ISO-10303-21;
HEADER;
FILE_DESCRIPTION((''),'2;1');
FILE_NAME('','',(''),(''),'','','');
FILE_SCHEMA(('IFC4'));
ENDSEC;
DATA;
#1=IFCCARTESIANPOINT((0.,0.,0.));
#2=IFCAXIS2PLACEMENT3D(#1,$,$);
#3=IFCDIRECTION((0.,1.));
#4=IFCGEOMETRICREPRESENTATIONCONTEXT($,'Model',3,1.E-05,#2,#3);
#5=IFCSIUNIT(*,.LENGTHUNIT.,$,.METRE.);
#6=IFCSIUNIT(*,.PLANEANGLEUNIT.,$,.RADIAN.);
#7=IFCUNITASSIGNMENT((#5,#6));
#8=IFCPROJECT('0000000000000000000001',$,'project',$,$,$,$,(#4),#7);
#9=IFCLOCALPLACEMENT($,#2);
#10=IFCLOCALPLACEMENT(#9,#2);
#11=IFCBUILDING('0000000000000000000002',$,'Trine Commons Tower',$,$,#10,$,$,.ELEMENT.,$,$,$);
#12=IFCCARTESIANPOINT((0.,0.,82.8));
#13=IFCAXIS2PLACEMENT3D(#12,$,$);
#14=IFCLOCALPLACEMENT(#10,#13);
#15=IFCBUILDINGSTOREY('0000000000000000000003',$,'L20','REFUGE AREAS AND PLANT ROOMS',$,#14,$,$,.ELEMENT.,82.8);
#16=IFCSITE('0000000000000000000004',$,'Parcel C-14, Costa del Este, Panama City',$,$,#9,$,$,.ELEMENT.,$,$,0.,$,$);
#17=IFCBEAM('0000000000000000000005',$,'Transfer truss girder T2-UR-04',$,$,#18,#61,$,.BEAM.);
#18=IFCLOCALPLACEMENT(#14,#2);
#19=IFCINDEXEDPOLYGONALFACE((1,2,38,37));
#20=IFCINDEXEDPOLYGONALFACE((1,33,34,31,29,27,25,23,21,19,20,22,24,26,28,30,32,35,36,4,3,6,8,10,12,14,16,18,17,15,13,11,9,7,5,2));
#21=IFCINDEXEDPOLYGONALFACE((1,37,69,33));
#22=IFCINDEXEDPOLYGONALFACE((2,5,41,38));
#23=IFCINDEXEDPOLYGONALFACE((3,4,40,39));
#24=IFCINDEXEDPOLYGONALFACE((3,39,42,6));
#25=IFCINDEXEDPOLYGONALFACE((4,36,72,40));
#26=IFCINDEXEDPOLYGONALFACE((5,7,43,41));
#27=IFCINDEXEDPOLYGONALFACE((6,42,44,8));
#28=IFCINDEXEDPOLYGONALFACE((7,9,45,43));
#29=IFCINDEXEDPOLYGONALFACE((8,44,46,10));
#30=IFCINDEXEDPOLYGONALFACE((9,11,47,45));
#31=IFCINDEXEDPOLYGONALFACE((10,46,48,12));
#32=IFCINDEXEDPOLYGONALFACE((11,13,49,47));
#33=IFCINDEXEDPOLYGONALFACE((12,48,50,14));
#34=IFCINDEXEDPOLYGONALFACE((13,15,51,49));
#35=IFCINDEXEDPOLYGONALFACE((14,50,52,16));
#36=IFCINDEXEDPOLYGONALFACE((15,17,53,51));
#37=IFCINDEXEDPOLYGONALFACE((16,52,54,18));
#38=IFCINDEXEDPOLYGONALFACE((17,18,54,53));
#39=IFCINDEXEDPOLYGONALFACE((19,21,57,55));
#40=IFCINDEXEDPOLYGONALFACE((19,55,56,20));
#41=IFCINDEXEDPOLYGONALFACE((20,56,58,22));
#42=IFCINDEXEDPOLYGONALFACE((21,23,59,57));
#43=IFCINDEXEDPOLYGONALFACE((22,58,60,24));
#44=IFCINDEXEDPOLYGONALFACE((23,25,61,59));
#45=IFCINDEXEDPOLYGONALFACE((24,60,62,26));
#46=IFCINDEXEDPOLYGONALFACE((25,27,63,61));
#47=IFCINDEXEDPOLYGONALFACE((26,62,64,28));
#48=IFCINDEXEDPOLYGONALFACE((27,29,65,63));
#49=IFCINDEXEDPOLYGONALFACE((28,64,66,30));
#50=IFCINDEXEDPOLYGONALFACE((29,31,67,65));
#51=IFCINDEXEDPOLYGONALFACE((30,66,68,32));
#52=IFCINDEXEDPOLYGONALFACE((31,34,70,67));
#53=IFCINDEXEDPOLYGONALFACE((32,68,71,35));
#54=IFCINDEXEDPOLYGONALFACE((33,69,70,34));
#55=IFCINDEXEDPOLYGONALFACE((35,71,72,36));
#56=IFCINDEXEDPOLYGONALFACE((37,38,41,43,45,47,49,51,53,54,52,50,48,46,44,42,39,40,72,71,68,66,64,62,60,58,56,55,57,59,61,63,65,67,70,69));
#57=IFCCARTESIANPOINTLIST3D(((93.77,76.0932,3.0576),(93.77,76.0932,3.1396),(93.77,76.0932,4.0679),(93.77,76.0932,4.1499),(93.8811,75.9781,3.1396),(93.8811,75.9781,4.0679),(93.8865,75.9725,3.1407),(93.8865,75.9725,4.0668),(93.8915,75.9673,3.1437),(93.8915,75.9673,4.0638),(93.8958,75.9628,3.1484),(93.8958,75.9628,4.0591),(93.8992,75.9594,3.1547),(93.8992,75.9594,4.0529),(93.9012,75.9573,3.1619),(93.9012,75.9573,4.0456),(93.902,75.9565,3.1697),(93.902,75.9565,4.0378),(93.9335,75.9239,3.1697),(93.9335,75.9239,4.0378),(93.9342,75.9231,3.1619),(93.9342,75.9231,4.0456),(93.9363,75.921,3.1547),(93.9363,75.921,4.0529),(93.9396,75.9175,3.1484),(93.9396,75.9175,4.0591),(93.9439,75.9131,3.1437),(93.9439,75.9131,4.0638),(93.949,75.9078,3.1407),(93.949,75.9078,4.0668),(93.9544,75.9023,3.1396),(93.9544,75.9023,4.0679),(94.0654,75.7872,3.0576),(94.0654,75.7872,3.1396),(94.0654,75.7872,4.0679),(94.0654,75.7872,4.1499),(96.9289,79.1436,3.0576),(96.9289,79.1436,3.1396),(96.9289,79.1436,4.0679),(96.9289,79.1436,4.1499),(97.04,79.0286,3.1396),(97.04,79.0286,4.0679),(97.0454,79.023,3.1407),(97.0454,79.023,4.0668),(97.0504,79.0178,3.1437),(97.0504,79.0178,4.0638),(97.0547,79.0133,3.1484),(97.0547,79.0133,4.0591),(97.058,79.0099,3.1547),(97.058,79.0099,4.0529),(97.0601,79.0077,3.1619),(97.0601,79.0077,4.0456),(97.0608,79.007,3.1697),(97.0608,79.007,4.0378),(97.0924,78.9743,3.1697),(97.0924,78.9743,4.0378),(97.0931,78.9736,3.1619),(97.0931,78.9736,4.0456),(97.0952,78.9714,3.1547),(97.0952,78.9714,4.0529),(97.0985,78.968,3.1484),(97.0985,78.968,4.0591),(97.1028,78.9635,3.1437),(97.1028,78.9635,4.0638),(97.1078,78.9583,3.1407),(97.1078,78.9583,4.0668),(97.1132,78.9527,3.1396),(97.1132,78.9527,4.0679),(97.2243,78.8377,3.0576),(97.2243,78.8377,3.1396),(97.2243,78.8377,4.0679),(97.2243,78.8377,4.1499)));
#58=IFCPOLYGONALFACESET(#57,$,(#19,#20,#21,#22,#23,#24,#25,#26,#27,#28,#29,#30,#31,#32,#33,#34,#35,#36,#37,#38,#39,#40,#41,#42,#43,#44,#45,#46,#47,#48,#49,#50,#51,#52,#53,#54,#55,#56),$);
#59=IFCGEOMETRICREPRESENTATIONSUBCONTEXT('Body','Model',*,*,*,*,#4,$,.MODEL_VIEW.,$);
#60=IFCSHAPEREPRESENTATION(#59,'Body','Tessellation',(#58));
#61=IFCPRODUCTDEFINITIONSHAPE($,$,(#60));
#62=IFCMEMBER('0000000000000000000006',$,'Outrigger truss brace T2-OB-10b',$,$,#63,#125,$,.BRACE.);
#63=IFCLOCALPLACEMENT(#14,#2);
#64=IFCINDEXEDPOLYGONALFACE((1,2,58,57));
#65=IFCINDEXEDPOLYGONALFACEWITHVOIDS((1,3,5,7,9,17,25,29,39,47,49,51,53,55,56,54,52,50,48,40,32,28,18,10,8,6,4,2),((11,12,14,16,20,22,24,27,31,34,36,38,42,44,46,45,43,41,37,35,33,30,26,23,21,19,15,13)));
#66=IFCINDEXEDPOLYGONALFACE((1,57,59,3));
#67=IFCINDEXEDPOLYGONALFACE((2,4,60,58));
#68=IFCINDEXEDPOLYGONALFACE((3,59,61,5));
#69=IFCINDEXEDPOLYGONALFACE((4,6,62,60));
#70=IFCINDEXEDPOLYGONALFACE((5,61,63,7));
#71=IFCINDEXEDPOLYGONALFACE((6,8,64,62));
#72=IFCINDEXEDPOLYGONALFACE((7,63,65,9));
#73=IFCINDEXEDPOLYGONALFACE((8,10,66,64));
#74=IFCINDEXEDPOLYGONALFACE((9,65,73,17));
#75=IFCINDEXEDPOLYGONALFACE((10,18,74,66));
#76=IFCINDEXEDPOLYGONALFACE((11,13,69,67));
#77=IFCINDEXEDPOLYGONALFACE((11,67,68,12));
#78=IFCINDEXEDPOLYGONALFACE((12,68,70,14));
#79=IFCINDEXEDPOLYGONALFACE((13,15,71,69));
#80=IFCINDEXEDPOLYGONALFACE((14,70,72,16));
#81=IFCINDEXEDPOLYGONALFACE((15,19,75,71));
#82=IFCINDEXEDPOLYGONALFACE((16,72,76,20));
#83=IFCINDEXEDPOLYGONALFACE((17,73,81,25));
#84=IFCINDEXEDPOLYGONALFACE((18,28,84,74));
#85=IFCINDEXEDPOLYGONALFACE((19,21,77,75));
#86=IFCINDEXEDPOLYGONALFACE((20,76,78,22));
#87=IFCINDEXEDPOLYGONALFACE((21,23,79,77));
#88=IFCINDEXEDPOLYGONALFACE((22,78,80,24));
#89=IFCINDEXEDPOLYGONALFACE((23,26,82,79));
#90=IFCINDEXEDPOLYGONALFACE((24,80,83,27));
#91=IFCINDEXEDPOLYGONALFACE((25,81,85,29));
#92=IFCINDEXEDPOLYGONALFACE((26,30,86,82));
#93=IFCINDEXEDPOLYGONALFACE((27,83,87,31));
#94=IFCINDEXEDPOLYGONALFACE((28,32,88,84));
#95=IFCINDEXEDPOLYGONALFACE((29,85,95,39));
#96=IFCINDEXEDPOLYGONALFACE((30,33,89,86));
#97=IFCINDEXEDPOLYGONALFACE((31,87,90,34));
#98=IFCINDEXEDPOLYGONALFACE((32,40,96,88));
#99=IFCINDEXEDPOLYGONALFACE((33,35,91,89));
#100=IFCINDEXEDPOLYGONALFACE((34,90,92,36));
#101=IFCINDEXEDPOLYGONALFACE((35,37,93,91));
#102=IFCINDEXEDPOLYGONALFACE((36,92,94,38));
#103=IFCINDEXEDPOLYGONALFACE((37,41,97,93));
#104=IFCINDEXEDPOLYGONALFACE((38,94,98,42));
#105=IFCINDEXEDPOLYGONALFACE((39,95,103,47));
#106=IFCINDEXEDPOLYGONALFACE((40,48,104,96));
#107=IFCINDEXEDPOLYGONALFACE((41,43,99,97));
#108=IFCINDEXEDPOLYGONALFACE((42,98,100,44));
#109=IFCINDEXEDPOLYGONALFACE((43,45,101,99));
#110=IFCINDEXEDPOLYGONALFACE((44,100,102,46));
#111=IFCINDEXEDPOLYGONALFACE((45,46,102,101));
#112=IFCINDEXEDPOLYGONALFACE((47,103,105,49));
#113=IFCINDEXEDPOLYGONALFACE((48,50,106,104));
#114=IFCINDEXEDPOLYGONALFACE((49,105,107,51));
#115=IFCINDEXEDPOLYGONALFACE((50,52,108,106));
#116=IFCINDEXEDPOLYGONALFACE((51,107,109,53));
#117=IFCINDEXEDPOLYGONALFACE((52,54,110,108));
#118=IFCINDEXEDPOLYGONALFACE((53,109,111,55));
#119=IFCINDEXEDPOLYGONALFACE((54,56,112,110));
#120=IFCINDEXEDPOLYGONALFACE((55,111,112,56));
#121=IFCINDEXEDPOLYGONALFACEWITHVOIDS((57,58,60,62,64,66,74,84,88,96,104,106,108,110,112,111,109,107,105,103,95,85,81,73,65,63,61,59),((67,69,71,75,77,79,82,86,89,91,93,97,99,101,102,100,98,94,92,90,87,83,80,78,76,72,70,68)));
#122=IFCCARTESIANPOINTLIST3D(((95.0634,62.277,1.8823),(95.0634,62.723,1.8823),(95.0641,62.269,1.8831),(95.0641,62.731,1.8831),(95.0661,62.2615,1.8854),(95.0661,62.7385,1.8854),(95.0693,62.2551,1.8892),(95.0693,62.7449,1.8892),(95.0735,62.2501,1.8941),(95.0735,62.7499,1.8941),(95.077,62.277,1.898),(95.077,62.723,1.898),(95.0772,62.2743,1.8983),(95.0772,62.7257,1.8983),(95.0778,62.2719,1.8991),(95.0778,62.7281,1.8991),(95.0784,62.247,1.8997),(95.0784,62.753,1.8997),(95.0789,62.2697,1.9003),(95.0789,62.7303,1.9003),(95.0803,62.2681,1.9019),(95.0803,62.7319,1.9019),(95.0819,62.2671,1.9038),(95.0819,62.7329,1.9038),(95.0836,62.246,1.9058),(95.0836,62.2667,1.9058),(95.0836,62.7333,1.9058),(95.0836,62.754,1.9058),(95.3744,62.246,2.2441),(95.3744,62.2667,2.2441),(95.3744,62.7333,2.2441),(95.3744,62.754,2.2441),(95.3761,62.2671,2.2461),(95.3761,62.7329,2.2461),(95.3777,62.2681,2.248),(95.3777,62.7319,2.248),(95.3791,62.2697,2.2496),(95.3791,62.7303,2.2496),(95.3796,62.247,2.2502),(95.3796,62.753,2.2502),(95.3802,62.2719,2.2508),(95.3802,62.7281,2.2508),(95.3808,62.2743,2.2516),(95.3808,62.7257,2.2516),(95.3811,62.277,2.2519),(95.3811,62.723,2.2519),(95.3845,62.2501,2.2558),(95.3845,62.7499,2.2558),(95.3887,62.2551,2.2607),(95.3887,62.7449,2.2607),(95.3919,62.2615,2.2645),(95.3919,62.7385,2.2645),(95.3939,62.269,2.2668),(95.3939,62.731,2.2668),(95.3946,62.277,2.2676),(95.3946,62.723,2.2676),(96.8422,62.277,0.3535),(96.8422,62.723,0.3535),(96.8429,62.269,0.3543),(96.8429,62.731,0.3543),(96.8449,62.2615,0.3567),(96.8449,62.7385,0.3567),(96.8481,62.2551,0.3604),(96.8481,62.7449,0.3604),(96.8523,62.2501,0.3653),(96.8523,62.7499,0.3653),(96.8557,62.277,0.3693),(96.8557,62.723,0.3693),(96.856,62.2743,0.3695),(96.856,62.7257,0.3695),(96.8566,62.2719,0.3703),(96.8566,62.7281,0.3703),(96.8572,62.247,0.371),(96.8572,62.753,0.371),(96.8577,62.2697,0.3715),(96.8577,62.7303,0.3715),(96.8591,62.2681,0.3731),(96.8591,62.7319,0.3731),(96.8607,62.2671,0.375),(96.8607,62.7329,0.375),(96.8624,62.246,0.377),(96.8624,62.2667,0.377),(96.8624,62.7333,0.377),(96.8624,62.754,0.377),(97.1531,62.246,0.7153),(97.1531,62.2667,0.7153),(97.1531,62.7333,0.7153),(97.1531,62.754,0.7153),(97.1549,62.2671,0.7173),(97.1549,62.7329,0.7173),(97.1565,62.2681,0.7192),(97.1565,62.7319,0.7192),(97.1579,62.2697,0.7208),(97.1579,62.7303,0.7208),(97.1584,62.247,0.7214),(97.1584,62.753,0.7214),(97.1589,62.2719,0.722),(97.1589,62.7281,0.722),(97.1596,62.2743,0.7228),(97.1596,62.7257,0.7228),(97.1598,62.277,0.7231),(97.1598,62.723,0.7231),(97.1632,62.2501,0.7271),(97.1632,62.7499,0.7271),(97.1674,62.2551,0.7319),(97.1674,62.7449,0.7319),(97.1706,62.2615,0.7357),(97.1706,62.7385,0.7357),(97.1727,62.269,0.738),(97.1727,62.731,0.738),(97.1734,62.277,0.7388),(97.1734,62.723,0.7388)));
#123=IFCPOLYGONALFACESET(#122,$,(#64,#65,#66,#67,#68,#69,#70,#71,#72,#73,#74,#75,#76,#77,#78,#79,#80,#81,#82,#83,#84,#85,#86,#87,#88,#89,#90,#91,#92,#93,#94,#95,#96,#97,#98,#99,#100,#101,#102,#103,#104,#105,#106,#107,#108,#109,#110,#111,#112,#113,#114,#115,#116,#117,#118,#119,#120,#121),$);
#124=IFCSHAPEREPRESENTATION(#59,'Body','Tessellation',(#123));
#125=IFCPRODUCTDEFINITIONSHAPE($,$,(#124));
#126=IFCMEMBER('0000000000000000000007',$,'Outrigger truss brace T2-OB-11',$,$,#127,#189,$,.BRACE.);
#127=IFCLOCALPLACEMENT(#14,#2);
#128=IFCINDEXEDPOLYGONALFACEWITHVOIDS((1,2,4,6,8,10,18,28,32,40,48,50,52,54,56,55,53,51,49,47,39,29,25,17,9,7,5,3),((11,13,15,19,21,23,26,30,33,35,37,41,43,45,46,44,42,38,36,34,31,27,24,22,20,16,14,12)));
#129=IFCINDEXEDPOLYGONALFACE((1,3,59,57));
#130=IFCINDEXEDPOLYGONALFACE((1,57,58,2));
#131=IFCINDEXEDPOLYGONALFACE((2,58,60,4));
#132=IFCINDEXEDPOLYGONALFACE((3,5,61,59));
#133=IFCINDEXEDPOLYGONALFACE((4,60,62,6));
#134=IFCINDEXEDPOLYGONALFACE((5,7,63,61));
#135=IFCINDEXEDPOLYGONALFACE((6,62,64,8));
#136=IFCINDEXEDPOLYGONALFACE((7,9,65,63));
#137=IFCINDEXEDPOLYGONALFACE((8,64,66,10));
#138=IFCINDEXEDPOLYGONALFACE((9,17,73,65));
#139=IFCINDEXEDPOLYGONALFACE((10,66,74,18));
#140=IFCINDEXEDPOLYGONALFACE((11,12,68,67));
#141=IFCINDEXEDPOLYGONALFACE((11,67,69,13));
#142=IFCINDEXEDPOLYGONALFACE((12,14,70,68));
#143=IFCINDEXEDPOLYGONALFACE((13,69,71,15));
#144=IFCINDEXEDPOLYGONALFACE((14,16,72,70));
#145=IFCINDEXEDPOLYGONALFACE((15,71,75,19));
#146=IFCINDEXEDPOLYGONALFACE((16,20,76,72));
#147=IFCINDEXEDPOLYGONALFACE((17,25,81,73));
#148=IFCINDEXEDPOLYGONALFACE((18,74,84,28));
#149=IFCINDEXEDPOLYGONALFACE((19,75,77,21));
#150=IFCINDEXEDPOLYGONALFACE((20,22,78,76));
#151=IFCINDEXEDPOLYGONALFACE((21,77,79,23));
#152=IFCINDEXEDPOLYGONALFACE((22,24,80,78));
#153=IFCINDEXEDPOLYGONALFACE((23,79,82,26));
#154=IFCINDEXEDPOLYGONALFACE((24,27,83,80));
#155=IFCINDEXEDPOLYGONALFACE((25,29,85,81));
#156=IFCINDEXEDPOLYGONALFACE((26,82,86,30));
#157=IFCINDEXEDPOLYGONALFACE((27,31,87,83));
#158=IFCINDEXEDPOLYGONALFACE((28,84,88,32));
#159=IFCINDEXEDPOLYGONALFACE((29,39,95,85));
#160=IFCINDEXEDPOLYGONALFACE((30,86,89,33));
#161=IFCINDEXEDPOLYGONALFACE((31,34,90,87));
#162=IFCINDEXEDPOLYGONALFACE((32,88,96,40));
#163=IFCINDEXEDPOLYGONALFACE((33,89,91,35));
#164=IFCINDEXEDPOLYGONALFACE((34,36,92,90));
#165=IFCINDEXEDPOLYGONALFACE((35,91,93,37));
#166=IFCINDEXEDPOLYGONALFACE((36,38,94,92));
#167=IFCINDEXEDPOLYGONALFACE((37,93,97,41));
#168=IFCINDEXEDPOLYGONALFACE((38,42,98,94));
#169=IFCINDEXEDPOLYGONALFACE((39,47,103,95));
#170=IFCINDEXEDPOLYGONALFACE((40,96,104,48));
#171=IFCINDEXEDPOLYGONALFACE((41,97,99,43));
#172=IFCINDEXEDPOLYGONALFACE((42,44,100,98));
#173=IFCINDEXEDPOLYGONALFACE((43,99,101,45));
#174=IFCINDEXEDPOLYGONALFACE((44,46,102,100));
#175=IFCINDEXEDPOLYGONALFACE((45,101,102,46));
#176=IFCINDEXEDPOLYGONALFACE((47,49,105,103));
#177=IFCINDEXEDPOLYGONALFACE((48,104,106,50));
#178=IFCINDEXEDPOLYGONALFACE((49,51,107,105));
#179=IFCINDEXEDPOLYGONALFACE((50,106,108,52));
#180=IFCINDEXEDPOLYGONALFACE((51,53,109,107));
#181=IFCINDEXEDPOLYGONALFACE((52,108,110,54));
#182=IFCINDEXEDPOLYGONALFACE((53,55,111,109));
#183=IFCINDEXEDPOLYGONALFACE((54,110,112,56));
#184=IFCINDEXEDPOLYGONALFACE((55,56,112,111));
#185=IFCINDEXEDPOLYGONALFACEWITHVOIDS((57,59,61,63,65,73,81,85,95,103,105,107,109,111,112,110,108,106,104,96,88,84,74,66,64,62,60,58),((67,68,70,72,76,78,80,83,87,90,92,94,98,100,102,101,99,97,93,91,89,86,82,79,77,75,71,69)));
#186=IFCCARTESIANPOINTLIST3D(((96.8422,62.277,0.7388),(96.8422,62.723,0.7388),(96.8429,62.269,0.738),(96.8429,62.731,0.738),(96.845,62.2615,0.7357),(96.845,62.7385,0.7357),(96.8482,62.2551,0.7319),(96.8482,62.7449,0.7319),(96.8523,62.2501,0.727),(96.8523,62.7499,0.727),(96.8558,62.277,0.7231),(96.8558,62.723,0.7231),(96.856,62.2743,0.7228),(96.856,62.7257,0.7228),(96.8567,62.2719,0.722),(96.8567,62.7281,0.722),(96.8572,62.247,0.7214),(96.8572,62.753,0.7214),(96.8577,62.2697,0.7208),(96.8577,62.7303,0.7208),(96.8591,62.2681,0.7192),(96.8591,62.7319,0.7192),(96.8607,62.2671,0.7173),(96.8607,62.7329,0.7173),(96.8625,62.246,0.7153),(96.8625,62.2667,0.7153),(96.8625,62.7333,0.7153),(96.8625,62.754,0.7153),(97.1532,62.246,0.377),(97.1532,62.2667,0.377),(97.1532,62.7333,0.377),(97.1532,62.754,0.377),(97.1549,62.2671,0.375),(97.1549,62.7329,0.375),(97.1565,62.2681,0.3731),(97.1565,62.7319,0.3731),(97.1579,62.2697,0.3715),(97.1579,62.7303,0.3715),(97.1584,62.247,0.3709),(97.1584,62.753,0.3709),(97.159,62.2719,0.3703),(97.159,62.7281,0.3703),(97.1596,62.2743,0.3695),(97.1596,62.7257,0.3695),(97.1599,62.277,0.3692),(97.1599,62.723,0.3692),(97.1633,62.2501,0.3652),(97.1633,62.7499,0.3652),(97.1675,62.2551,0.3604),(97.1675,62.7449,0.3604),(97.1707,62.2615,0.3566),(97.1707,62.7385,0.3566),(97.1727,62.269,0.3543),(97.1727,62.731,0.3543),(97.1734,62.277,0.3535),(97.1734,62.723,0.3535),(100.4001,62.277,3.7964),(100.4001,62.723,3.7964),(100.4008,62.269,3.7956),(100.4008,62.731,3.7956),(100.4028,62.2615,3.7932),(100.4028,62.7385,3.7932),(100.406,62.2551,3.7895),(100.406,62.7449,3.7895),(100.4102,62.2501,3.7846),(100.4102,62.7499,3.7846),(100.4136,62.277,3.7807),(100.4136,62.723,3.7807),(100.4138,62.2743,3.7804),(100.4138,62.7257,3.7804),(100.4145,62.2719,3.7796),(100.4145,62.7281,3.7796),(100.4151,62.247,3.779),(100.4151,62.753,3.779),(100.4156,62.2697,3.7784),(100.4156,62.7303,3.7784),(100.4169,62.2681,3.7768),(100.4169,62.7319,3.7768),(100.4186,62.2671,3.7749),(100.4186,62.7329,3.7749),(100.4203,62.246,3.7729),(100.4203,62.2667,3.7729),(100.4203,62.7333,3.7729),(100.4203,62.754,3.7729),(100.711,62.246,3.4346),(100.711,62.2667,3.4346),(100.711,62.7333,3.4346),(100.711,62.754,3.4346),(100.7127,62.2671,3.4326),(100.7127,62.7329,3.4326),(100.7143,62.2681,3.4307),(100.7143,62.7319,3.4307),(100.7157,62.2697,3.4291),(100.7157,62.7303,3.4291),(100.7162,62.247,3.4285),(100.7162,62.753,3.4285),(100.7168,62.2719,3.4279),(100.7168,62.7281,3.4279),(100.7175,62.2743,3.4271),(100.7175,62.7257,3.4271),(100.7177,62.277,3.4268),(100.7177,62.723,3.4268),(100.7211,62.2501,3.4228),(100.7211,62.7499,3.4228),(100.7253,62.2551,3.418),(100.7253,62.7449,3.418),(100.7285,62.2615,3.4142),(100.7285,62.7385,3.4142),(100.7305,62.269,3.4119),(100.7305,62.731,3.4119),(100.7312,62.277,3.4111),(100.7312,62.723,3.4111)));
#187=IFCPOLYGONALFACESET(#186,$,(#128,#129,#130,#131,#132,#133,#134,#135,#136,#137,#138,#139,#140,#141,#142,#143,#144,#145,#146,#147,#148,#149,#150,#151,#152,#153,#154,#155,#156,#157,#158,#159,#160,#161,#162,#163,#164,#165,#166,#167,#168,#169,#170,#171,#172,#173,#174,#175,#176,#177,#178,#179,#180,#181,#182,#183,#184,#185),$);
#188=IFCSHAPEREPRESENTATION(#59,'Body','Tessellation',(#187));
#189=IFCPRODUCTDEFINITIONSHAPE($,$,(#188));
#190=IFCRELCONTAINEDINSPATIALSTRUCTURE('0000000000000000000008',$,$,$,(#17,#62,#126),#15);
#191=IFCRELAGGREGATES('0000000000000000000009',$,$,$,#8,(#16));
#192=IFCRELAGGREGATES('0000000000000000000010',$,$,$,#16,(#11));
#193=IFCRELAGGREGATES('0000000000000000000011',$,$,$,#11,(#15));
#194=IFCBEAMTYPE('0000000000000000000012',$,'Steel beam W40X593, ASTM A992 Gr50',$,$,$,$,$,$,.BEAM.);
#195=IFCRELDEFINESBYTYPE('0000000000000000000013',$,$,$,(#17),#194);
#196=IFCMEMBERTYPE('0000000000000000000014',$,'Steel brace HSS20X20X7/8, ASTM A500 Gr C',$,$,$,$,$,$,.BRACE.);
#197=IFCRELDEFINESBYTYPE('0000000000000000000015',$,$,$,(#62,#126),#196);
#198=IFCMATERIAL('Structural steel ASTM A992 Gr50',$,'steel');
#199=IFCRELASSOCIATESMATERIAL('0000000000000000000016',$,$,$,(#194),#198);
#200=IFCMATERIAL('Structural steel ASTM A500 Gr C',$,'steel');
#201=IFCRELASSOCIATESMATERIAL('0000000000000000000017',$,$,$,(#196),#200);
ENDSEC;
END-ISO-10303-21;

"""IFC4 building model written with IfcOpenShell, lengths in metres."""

from ifc_helpers import new_model, si_unit, direction, frame, origin, origin_2d, place, context, subcontext, project, spatial, hollow_rectangle, i_section, extrude, material, material_profile, profile_set, type_object, element, save


model = new_model("IFC4")

# Units and contexts
model_context = context("Model", 3, precision=1e-05, world=origin(), true_north=direction((0.0, 1.0)))
body_context = subcontext(model_context, "Body", "Model", "MODEL_VIEW")
ifc_project = project(units=[si_unit("LENGTHUNIT", "METRE"), si_unit("PLANEANGLEUNIT", "RADIAN")], contexts=[model_context])

# Site, building, storey
site_placement = place(None, origin())
site = spatial("IfcSite", under=ifc_project, at=site_placement, Name="Parcel C-14, Costa del Este, Panama City", CompositionType="ELEMENT", RefElevation=0.0)
building_placement = place(site_placement, origin())
building = spatial("IfcBuilding", under=site, at=building_placement, Name="Trine Commons Tower", CompositionType="ELEMENT")
storey_placement = place(building_placement, frame((0.0, 0.0, 82.8)))
storey = spatial("IfcBuildingStorey", under=building, at=storey_placement, Name="L20", Description="REFUGE AREAS AND PLANT ROOMS", CompositionType="ELEMENT", Elevation=82.8)

# Beam
ifc_material_1 = material(Name="Structural steel ASTM A992 Gr50", Category="steel")
ifc_material_profile_1 = material_profile(ifc_material_1, i_section(OverallWidth=0.4253, OverallDepth=1.0923, WebThickness=0.0454, FlangeThickness=0.082, FilletRadius=0.03, at=origin_2d()), Name="W40X593")
ifc_profile_set_1 = profile_set([ifc_material_profile_1], Name="Structural steel ASTM A992 Gr50")
beam_type = type_object("IfcBeamType", Name="Steel beam W40X593, ASTM A992 Gr50", PredefinedType="BEAM", material=ifc_profile_set_1)
beam_placement = place(storey_placement, frame((93.9177, 75.9402, 3.6038), z_axis=(0.719341, 0.694657, 0.0), x_axis=(-0.694657, 0.719341, 0.0)))
element("IfcBeam", 1, at=beam_placement, inside=storey, type_object=beam_type, Name="Transfer truss girder T2-UR-04", PredefinedType="BEAM", context=body_context, shape_type="SweptSolid", body=[
    extrude(i_section(OverallWidth=0.4253, OverallDepth=1.0923, WebThickness=0.0454, FlangeThickness=0.082, FilletRadius=0.03, at=origin_2d()), origin(), (0.0, 0.0, 1.0), 4.3914),
])

# Members
ifc_material_2 = material(Name="Structural steel ASTM A500 Gr C", Category="steel")
ifc_material_profile_2 = material_profile(ifc_material_2, hollow_rectangle(XDim=0.5081, YDim=0.5081, WallThickness=0.0208, InnerFilletRadius=0.0103, OuterFilletRadius=0.031, at=origin_2d()), Name="HSS20X20X7/8")
ifc_profile_set_2 = profile_set([ifc_material_profile_2], Name="Structural steel ASTM A500 Gr C")
member_type_1 = type_object("IfcMemberType", Name="Steel brace HSS20X20X7/8, ASTM A500 Gr C", PredefinedType="BRACE", material=ifc_profile_set_2)
member_1_placement = place(storey_placement, frame((95.229, 62.5, 2.075), z_axis=(0.758389, 0.0, -0.651802), x_axis=(0.0, 1.0, 0.0)))
element("IfcMember", 2, at=member_1_placement, inside=storey, type_object=member_type_1, Name="Outrigger truss brace T2-OB-10b", PredefinedType="BRACE", context=body_context, shape_type="SweptSolid", body=[
    extrude(hollow_rectangle(XDim=0.5081, YDim=0.5081, WallThickness=0.0208, InnerFilletRadius=0.0103, OuterFilletRadius=0.031, at=origin_2d()), origin(), (0.0, 0.0, 1.0), 2.3455),
])
member_2_placement = place(storey_placement, frame((97.0078, 62.5, 0.5461), z_axis=(0.758411, 0.0, 0.651777), x_axis=(0.0, 1.0, 0.0)))
element("IfcMember", 3, at=member_2_placement, inside=storey, type_object=member_type_1, Name="Outrigger truss brace T2-OB-11", PredefinedType="BRACE", context=body_context, shape_type="SweptSolid", body=[
    extrude(hollow_rectangle(XDim=0.5081, YDim=0.5081, WallThickness=0.0208, InnerFilletRadius=0.0103, OuterFilletRadius=0.031, at=origin_2d()), origin(), (0.0, 0.0, 1.0), 4.6912),
])

save(model, "model.ifc")
